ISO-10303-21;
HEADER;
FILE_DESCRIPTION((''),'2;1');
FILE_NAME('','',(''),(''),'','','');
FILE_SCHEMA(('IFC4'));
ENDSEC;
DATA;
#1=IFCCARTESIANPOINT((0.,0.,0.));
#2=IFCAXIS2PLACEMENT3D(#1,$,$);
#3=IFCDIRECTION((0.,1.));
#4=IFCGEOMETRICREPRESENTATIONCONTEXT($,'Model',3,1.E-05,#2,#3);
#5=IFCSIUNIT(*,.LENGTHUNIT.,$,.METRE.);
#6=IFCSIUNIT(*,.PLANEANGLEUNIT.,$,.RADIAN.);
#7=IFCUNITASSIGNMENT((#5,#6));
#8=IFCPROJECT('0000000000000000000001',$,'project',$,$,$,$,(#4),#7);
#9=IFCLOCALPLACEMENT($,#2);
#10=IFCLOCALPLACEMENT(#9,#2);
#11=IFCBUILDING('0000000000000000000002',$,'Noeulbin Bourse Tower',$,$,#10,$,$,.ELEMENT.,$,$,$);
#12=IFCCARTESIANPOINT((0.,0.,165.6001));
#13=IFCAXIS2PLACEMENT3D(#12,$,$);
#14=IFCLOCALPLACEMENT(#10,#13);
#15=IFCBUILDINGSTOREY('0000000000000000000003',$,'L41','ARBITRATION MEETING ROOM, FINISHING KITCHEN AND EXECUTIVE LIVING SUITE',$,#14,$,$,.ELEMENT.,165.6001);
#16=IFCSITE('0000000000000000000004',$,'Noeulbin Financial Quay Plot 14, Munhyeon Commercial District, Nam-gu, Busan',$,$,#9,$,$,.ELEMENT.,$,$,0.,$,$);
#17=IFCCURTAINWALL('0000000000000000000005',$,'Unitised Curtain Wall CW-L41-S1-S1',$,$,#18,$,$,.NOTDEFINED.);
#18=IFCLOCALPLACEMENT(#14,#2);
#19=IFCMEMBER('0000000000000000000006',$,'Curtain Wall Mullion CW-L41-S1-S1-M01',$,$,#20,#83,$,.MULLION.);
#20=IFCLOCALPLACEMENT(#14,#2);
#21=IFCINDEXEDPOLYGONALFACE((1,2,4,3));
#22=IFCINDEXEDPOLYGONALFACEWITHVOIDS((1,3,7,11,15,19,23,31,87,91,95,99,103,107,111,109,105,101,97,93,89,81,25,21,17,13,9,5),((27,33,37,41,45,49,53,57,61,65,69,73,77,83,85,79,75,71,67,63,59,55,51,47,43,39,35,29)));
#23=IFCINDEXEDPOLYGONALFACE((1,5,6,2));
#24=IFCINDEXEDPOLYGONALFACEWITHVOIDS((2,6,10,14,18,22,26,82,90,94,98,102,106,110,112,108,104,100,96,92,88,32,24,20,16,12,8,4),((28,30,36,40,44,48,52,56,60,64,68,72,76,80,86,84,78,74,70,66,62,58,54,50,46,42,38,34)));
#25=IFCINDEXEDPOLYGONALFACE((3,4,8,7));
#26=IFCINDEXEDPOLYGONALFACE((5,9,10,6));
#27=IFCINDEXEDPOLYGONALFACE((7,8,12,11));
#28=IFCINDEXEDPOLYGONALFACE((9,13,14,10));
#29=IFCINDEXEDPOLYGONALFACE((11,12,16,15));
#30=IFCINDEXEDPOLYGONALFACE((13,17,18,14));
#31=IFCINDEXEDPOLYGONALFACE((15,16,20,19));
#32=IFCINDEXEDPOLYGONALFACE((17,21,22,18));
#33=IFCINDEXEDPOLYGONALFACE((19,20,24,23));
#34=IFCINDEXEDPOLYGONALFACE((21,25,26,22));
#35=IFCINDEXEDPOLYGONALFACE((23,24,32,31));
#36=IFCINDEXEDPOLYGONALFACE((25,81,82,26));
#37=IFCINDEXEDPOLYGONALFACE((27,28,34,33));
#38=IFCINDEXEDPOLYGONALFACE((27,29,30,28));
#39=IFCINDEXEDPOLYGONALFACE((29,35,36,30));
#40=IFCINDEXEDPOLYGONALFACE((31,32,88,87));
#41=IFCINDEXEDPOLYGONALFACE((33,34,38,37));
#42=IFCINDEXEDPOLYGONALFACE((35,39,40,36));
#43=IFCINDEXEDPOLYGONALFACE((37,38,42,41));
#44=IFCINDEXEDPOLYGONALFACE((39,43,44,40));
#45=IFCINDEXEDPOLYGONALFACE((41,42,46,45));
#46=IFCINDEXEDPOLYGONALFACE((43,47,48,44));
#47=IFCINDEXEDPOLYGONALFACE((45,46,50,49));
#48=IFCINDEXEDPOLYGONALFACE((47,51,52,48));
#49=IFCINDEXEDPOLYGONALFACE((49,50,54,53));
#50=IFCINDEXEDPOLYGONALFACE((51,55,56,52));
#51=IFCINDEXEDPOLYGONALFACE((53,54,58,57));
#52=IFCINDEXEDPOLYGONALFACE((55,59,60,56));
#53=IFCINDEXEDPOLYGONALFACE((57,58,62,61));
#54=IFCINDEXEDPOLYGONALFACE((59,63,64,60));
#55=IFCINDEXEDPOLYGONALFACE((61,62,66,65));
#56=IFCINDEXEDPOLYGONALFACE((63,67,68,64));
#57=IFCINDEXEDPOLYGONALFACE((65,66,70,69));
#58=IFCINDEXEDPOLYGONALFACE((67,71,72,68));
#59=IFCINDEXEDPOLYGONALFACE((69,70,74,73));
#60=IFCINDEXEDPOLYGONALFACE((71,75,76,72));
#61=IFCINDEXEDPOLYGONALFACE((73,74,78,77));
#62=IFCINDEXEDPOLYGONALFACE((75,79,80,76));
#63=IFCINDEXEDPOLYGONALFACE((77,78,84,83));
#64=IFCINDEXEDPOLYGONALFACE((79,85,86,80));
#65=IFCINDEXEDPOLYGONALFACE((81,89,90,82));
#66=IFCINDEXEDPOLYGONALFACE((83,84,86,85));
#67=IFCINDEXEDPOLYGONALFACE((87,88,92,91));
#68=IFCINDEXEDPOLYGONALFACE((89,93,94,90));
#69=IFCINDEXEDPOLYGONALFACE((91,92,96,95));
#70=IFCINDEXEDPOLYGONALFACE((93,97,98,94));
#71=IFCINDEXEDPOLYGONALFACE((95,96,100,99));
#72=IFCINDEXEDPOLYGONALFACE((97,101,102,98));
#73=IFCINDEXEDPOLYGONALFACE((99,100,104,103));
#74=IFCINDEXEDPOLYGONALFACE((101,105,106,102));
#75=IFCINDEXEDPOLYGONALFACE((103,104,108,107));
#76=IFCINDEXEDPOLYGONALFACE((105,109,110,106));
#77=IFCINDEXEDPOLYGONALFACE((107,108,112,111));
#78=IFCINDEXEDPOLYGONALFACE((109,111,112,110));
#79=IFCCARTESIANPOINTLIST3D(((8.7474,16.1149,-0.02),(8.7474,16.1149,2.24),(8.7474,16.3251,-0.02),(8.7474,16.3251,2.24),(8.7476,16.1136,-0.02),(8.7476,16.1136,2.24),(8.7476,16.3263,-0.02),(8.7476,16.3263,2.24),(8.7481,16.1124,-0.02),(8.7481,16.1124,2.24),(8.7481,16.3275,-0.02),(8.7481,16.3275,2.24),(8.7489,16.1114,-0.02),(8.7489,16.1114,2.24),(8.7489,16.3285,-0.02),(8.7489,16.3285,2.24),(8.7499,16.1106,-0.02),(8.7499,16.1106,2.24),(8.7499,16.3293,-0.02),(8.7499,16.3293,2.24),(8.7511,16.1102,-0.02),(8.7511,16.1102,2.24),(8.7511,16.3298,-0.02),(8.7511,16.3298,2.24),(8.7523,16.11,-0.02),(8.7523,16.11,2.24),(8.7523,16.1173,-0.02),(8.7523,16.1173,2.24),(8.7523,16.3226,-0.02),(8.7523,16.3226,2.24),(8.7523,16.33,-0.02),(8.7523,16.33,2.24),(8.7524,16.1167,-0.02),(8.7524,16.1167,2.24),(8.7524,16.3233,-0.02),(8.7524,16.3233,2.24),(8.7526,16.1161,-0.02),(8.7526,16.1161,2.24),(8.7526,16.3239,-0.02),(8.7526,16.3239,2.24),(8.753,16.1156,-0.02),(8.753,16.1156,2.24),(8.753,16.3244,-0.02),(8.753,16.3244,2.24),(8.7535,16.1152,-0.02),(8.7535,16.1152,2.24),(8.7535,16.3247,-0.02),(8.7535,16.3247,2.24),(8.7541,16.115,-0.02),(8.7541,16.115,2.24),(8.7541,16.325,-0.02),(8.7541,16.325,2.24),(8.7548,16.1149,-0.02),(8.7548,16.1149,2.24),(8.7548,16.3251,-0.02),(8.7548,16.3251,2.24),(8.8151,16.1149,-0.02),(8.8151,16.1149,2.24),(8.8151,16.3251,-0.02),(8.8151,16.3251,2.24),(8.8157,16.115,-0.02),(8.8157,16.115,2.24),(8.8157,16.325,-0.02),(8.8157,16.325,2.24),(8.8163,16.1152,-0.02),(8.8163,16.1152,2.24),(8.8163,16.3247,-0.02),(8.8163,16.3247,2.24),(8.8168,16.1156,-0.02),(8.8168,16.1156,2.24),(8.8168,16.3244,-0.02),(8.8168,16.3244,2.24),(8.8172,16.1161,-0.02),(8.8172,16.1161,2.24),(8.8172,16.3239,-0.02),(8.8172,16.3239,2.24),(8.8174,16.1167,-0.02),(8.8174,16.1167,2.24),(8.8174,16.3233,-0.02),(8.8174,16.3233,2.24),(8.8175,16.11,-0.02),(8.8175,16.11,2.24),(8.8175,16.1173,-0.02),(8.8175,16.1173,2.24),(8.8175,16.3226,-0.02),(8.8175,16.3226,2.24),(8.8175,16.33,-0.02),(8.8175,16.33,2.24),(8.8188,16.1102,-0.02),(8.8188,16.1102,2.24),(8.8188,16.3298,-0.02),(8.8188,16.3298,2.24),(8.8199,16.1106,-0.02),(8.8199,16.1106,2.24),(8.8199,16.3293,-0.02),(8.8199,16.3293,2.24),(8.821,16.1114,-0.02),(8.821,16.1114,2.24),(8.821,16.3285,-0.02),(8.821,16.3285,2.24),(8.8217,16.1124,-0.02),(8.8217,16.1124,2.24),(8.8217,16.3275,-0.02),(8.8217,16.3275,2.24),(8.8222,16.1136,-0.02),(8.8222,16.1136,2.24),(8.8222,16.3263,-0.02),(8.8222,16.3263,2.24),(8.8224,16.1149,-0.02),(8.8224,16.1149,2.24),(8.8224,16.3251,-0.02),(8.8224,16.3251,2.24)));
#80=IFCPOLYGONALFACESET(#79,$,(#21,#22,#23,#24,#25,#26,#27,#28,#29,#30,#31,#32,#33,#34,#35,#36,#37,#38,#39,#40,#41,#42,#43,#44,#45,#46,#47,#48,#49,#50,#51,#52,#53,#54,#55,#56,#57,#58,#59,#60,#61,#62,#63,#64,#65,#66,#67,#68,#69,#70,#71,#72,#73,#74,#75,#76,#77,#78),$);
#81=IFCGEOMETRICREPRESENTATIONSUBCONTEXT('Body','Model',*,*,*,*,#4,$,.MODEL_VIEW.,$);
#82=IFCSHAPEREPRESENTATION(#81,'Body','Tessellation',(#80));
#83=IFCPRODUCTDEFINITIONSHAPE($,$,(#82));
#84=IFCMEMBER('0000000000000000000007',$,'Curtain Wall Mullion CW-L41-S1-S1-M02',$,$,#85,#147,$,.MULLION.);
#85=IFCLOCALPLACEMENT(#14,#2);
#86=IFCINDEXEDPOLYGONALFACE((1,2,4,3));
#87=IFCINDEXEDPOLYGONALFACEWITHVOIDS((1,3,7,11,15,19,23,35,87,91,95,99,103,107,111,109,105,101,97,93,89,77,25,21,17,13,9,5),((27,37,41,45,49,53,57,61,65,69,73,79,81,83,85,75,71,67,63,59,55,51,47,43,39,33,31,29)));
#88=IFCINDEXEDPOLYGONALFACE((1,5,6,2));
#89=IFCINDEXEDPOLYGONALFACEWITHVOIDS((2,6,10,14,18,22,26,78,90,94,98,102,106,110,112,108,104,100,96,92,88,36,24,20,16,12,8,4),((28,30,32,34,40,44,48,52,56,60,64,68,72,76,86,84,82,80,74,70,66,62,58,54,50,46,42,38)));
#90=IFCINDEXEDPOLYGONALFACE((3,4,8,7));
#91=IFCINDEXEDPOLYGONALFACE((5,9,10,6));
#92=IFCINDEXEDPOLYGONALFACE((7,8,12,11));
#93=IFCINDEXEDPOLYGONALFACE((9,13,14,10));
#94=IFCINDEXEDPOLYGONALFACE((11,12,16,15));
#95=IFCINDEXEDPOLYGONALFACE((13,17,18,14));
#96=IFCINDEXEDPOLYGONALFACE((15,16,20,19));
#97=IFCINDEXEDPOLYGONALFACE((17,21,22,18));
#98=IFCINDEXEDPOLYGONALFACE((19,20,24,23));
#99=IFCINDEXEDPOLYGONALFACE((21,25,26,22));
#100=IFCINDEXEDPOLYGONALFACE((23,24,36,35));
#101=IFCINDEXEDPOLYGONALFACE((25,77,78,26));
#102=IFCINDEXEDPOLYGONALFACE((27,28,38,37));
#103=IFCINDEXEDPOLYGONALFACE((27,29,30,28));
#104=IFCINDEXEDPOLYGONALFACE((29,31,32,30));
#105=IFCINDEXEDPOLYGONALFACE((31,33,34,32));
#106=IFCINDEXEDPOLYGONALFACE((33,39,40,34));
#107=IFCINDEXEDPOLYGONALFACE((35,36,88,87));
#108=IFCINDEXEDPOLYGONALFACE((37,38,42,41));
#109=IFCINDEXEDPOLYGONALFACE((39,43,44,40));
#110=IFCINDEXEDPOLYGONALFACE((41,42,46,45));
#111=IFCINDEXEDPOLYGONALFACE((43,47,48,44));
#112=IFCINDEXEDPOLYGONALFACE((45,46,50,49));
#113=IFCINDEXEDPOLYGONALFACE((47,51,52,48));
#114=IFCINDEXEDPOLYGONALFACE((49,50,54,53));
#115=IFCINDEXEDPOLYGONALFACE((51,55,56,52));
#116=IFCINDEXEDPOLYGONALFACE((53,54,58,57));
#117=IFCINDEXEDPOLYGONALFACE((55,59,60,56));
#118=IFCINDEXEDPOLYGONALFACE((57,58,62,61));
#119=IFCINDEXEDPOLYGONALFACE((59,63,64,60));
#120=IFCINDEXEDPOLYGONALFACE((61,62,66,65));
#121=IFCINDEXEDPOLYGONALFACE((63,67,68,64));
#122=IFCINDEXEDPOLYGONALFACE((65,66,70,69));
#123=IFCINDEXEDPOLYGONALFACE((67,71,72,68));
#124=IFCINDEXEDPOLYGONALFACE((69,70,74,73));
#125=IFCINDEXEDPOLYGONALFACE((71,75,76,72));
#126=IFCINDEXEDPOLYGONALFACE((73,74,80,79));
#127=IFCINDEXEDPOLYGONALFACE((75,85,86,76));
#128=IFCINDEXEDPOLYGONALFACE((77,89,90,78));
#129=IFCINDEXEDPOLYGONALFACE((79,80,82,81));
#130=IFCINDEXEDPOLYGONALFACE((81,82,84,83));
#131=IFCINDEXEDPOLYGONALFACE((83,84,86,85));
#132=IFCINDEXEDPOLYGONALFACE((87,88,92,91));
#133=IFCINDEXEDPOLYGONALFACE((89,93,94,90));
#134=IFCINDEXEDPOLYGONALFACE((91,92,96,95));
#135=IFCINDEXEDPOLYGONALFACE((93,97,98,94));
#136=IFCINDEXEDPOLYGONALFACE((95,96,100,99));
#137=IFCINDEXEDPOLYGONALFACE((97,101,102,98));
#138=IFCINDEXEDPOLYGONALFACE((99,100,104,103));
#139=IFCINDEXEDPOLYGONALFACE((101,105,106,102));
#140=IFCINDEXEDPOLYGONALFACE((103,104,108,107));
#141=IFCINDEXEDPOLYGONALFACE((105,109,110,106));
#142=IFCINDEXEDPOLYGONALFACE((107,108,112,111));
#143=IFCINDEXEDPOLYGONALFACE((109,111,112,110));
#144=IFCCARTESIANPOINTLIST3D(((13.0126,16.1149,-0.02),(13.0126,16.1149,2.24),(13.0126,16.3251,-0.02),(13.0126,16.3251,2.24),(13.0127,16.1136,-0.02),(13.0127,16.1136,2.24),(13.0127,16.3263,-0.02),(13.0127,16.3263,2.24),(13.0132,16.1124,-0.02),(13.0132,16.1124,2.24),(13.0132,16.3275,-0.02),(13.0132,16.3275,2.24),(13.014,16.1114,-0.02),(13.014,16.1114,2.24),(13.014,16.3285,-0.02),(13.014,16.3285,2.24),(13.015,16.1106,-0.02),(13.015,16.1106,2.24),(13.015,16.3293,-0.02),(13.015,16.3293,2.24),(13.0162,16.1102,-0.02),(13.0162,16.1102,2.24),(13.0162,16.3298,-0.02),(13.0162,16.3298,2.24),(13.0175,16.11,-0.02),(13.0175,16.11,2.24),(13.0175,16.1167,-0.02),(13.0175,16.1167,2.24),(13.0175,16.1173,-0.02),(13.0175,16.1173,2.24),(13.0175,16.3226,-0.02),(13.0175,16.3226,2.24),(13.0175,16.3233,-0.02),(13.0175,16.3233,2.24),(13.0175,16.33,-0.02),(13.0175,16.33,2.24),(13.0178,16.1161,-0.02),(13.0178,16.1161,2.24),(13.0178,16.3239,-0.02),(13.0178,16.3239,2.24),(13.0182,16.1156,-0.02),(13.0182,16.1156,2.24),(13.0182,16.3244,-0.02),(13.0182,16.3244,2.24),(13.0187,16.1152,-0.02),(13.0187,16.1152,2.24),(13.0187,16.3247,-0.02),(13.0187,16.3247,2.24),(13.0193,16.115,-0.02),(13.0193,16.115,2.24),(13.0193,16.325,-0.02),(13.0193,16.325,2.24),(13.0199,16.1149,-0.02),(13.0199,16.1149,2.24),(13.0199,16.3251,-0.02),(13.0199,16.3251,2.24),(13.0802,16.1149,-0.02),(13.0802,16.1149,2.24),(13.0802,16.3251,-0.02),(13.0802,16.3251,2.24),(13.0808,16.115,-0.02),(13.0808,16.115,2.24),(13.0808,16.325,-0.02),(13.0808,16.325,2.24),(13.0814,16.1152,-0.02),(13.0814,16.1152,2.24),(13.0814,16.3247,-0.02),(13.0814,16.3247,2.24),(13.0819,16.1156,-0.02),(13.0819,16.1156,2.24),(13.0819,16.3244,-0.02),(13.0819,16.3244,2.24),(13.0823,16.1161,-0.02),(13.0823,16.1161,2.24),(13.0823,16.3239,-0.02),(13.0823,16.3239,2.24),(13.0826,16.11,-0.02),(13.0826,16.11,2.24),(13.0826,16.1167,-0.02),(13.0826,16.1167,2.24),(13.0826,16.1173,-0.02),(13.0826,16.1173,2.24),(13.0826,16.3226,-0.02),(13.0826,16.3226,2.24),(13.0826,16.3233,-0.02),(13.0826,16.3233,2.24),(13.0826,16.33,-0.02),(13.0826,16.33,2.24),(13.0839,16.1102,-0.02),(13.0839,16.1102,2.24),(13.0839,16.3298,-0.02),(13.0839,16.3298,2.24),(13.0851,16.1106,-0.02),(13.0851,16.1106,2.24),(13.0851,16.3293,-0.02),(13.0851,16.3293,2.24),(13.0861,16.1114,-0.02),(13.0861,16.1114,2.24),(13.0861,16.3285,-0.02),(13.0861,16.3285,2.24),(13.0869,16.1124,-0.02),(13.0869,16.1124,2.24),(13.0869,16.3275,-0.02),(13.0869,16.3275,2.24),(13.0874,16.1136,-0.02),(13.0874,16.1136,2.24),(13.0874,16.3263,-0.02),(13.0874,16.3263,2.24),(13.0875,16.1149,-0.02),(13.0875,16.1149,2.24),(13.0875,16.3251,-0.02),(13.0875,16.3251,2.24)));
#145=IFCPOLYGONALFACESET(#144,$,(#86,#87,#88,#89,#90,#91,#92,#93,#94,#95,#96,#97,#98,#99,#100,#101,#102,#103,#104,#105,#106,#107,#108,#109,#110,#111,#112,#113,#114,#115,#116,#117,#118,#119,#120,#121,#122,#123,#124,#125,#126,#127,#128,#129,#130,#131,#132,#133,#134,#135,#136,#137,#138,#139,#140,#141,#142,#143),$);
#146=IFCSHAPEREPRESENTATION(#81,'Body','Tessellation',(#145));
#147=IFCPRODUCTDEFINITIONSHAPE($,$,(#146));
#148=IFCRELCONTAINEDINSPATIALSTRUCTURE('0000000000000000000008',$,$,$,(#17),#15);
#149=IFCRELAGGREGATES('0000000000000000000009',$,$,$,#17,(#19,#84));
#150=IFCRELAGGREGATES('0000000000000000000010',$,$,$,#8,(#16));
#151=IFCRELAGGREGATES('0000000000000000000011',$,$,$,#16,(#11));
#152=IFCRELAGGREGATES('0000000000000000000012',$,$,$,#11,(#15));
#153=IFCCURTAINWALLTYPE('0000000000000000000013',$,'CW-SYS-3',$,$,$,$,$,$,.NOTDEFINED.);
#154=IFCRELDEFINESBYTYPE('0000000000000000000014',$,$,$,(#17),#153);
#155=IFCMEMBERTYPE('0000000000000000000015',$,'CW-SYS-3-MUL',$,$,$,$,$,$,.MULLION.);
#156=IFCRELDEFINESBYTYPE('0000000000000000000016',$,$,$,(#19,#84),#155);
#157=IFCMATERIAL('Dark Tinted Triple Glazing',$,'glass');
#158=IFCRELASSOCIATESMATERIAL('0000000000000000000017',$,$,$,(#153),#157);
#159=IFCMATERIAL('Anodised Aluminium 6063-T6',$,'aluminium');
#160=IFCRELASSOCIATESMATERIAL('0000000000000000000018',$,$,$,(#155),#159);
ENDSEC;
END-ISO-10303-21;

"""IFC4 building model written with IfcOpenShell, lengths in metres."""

from ifc_helpers import new_model, si_unit, direction, frame, origin, origin_2d, place, context, subcontext, project, spatial, hollow_rectangle, extrude, material, material_profile, profile_set, type_object, element, aggregate, save


model = new_model("IFC4")

# Units and contexts
model_context = context("Model", 3, precision=1e-05, world=origin(), true_north=direction((0.0, 1.0)))
body_context = subcontext(model_context, "Body", "Model", "MODEL_VIEW")
ifc_project = project(units=[si_unit("LENGTHUNIT", "METRE"), si_unit("PLANEANGLEUNIT", "RADIAN")], contexts=[model_context])

# Site, building, storey
site_placement = place(None, origin())
site = spatial("IfcSite", under=ifc_project, at=site_placement, Name="Noeulbin Financial Quay Plot 14, Munhyeon Commercial District, Nam-gu, Busan", CompositionType="ELEMENT", RefElevation=0.0)
building_placement = place(site_placement, origin())
building = spatial("IfcBuilding", under=site, at=building_placement, Name="Noeulbin Bourse Tower", CompositionType="ELEMENT")
storey_placement = place(building_placement, frame((0.0, 0.0, 165.6001)))
storey = spatial("IfcBuildingStorey", under=building, at=storey_placement, Name="L41", Description="ARBITRATION MEETING ROOM, FINISHING KITCHEN AND EXECUTIVE LIVING SUITE", CompositionType="ELEMENT", Elevation=165.6001)

# Curtain wall, members
ifc_material_1 = material(Name="Dark Tinted Triple Glazing", Category="glass")
curtain_wall_type = type_object("IfcCurtainWallType", Name="CW-SYS-3", PredefinedType="NOTDEFINED", material=ifc_material_1)
curtain_wall_1_placement = place(storey_placement, origin())
curtain_wall_1 = element("IfcCurtainWall", 1, at=curtain_wall_1_placement, inside=storey, type_object=curtain_wall_type, Name="Unitised Curtain Wall CW-L41-S1-S1", PredefinedType="NOTDEFINED")
ifc_material_2 = material(Name="Anodised Aluminium 6063-T6", Category="aluminium")
ifc_material_profile_1 = material_profile(ifc_material_2, hollow_rectangle(XDim=0.075, YDim=0.22, WallThickness=0.0049, InnerFilletRadius=0.0024, OuterFilletRadius=0.0049, at=origin_2d()), Name="ALU-MULL-75x220x5", Category="LoadBearing")
ifc_profile_set_1 = profile_set([ifc_material_profile_1], Name="Anodised Aluminium 6063-T6")
member_type_1 = type_object("IfcMemberType", Name="CW-SYS-3-MUL", PredefinedType="MULLION", material=ifc_profile_set_1)
member_1_placement = place(storey_placement, frame((8.7849, 16.22, -0.02), z_axis=(0.0, 0.0, 1.0), x_axis=(1.0, 0.0, 0.0)))
member_1 = element("IfcMember", 2, at=member_1_placement, type_object=member_type_1, Name="Curtain Wall Mullion CW-L41-S1-S1-M01", PredefinedType="MULLION", context=body_context, shape_type="SweptSolid", body=[
    extrude(hollow_rectangle(XDim=0.075, YDim=0.22, WallThickness=0.0049, InnerFilletRadius=0.0024, OuterFilletRadius=0.0049, at=origin_2d()), origin(), (0.0, 0.0, 1.0), 2.26),
])
member_2_placement = place(storey_placement, frame((13.05, 16.22, -0.02), z_axis=(0.0, 0.0, 1.0), x_axis=(1.0, 0.0, 0.0)))
member_2 = element("IfcMember", 3, at=member_2_placement, type_object=member_type_1, Name="Curtain Wall Mullion CW-L41-S1-S1-M02", PredefinedType="MULLION", context=body_context, shape_type="SweptSolid", body=[
    extrude(hollow_rectangle(XDim=0.075, YDim=0.22, WallThickness=0.0049, InnerFilletRadius=0.0024, OuterFilletRadius=0.0049, at=origin_2d()), origin(), (0.0, 0.0, 1.0), 2.26),
])

aggregate(curtain_wall_1, [member_1, member_2])

save(model, "model.ifc")
